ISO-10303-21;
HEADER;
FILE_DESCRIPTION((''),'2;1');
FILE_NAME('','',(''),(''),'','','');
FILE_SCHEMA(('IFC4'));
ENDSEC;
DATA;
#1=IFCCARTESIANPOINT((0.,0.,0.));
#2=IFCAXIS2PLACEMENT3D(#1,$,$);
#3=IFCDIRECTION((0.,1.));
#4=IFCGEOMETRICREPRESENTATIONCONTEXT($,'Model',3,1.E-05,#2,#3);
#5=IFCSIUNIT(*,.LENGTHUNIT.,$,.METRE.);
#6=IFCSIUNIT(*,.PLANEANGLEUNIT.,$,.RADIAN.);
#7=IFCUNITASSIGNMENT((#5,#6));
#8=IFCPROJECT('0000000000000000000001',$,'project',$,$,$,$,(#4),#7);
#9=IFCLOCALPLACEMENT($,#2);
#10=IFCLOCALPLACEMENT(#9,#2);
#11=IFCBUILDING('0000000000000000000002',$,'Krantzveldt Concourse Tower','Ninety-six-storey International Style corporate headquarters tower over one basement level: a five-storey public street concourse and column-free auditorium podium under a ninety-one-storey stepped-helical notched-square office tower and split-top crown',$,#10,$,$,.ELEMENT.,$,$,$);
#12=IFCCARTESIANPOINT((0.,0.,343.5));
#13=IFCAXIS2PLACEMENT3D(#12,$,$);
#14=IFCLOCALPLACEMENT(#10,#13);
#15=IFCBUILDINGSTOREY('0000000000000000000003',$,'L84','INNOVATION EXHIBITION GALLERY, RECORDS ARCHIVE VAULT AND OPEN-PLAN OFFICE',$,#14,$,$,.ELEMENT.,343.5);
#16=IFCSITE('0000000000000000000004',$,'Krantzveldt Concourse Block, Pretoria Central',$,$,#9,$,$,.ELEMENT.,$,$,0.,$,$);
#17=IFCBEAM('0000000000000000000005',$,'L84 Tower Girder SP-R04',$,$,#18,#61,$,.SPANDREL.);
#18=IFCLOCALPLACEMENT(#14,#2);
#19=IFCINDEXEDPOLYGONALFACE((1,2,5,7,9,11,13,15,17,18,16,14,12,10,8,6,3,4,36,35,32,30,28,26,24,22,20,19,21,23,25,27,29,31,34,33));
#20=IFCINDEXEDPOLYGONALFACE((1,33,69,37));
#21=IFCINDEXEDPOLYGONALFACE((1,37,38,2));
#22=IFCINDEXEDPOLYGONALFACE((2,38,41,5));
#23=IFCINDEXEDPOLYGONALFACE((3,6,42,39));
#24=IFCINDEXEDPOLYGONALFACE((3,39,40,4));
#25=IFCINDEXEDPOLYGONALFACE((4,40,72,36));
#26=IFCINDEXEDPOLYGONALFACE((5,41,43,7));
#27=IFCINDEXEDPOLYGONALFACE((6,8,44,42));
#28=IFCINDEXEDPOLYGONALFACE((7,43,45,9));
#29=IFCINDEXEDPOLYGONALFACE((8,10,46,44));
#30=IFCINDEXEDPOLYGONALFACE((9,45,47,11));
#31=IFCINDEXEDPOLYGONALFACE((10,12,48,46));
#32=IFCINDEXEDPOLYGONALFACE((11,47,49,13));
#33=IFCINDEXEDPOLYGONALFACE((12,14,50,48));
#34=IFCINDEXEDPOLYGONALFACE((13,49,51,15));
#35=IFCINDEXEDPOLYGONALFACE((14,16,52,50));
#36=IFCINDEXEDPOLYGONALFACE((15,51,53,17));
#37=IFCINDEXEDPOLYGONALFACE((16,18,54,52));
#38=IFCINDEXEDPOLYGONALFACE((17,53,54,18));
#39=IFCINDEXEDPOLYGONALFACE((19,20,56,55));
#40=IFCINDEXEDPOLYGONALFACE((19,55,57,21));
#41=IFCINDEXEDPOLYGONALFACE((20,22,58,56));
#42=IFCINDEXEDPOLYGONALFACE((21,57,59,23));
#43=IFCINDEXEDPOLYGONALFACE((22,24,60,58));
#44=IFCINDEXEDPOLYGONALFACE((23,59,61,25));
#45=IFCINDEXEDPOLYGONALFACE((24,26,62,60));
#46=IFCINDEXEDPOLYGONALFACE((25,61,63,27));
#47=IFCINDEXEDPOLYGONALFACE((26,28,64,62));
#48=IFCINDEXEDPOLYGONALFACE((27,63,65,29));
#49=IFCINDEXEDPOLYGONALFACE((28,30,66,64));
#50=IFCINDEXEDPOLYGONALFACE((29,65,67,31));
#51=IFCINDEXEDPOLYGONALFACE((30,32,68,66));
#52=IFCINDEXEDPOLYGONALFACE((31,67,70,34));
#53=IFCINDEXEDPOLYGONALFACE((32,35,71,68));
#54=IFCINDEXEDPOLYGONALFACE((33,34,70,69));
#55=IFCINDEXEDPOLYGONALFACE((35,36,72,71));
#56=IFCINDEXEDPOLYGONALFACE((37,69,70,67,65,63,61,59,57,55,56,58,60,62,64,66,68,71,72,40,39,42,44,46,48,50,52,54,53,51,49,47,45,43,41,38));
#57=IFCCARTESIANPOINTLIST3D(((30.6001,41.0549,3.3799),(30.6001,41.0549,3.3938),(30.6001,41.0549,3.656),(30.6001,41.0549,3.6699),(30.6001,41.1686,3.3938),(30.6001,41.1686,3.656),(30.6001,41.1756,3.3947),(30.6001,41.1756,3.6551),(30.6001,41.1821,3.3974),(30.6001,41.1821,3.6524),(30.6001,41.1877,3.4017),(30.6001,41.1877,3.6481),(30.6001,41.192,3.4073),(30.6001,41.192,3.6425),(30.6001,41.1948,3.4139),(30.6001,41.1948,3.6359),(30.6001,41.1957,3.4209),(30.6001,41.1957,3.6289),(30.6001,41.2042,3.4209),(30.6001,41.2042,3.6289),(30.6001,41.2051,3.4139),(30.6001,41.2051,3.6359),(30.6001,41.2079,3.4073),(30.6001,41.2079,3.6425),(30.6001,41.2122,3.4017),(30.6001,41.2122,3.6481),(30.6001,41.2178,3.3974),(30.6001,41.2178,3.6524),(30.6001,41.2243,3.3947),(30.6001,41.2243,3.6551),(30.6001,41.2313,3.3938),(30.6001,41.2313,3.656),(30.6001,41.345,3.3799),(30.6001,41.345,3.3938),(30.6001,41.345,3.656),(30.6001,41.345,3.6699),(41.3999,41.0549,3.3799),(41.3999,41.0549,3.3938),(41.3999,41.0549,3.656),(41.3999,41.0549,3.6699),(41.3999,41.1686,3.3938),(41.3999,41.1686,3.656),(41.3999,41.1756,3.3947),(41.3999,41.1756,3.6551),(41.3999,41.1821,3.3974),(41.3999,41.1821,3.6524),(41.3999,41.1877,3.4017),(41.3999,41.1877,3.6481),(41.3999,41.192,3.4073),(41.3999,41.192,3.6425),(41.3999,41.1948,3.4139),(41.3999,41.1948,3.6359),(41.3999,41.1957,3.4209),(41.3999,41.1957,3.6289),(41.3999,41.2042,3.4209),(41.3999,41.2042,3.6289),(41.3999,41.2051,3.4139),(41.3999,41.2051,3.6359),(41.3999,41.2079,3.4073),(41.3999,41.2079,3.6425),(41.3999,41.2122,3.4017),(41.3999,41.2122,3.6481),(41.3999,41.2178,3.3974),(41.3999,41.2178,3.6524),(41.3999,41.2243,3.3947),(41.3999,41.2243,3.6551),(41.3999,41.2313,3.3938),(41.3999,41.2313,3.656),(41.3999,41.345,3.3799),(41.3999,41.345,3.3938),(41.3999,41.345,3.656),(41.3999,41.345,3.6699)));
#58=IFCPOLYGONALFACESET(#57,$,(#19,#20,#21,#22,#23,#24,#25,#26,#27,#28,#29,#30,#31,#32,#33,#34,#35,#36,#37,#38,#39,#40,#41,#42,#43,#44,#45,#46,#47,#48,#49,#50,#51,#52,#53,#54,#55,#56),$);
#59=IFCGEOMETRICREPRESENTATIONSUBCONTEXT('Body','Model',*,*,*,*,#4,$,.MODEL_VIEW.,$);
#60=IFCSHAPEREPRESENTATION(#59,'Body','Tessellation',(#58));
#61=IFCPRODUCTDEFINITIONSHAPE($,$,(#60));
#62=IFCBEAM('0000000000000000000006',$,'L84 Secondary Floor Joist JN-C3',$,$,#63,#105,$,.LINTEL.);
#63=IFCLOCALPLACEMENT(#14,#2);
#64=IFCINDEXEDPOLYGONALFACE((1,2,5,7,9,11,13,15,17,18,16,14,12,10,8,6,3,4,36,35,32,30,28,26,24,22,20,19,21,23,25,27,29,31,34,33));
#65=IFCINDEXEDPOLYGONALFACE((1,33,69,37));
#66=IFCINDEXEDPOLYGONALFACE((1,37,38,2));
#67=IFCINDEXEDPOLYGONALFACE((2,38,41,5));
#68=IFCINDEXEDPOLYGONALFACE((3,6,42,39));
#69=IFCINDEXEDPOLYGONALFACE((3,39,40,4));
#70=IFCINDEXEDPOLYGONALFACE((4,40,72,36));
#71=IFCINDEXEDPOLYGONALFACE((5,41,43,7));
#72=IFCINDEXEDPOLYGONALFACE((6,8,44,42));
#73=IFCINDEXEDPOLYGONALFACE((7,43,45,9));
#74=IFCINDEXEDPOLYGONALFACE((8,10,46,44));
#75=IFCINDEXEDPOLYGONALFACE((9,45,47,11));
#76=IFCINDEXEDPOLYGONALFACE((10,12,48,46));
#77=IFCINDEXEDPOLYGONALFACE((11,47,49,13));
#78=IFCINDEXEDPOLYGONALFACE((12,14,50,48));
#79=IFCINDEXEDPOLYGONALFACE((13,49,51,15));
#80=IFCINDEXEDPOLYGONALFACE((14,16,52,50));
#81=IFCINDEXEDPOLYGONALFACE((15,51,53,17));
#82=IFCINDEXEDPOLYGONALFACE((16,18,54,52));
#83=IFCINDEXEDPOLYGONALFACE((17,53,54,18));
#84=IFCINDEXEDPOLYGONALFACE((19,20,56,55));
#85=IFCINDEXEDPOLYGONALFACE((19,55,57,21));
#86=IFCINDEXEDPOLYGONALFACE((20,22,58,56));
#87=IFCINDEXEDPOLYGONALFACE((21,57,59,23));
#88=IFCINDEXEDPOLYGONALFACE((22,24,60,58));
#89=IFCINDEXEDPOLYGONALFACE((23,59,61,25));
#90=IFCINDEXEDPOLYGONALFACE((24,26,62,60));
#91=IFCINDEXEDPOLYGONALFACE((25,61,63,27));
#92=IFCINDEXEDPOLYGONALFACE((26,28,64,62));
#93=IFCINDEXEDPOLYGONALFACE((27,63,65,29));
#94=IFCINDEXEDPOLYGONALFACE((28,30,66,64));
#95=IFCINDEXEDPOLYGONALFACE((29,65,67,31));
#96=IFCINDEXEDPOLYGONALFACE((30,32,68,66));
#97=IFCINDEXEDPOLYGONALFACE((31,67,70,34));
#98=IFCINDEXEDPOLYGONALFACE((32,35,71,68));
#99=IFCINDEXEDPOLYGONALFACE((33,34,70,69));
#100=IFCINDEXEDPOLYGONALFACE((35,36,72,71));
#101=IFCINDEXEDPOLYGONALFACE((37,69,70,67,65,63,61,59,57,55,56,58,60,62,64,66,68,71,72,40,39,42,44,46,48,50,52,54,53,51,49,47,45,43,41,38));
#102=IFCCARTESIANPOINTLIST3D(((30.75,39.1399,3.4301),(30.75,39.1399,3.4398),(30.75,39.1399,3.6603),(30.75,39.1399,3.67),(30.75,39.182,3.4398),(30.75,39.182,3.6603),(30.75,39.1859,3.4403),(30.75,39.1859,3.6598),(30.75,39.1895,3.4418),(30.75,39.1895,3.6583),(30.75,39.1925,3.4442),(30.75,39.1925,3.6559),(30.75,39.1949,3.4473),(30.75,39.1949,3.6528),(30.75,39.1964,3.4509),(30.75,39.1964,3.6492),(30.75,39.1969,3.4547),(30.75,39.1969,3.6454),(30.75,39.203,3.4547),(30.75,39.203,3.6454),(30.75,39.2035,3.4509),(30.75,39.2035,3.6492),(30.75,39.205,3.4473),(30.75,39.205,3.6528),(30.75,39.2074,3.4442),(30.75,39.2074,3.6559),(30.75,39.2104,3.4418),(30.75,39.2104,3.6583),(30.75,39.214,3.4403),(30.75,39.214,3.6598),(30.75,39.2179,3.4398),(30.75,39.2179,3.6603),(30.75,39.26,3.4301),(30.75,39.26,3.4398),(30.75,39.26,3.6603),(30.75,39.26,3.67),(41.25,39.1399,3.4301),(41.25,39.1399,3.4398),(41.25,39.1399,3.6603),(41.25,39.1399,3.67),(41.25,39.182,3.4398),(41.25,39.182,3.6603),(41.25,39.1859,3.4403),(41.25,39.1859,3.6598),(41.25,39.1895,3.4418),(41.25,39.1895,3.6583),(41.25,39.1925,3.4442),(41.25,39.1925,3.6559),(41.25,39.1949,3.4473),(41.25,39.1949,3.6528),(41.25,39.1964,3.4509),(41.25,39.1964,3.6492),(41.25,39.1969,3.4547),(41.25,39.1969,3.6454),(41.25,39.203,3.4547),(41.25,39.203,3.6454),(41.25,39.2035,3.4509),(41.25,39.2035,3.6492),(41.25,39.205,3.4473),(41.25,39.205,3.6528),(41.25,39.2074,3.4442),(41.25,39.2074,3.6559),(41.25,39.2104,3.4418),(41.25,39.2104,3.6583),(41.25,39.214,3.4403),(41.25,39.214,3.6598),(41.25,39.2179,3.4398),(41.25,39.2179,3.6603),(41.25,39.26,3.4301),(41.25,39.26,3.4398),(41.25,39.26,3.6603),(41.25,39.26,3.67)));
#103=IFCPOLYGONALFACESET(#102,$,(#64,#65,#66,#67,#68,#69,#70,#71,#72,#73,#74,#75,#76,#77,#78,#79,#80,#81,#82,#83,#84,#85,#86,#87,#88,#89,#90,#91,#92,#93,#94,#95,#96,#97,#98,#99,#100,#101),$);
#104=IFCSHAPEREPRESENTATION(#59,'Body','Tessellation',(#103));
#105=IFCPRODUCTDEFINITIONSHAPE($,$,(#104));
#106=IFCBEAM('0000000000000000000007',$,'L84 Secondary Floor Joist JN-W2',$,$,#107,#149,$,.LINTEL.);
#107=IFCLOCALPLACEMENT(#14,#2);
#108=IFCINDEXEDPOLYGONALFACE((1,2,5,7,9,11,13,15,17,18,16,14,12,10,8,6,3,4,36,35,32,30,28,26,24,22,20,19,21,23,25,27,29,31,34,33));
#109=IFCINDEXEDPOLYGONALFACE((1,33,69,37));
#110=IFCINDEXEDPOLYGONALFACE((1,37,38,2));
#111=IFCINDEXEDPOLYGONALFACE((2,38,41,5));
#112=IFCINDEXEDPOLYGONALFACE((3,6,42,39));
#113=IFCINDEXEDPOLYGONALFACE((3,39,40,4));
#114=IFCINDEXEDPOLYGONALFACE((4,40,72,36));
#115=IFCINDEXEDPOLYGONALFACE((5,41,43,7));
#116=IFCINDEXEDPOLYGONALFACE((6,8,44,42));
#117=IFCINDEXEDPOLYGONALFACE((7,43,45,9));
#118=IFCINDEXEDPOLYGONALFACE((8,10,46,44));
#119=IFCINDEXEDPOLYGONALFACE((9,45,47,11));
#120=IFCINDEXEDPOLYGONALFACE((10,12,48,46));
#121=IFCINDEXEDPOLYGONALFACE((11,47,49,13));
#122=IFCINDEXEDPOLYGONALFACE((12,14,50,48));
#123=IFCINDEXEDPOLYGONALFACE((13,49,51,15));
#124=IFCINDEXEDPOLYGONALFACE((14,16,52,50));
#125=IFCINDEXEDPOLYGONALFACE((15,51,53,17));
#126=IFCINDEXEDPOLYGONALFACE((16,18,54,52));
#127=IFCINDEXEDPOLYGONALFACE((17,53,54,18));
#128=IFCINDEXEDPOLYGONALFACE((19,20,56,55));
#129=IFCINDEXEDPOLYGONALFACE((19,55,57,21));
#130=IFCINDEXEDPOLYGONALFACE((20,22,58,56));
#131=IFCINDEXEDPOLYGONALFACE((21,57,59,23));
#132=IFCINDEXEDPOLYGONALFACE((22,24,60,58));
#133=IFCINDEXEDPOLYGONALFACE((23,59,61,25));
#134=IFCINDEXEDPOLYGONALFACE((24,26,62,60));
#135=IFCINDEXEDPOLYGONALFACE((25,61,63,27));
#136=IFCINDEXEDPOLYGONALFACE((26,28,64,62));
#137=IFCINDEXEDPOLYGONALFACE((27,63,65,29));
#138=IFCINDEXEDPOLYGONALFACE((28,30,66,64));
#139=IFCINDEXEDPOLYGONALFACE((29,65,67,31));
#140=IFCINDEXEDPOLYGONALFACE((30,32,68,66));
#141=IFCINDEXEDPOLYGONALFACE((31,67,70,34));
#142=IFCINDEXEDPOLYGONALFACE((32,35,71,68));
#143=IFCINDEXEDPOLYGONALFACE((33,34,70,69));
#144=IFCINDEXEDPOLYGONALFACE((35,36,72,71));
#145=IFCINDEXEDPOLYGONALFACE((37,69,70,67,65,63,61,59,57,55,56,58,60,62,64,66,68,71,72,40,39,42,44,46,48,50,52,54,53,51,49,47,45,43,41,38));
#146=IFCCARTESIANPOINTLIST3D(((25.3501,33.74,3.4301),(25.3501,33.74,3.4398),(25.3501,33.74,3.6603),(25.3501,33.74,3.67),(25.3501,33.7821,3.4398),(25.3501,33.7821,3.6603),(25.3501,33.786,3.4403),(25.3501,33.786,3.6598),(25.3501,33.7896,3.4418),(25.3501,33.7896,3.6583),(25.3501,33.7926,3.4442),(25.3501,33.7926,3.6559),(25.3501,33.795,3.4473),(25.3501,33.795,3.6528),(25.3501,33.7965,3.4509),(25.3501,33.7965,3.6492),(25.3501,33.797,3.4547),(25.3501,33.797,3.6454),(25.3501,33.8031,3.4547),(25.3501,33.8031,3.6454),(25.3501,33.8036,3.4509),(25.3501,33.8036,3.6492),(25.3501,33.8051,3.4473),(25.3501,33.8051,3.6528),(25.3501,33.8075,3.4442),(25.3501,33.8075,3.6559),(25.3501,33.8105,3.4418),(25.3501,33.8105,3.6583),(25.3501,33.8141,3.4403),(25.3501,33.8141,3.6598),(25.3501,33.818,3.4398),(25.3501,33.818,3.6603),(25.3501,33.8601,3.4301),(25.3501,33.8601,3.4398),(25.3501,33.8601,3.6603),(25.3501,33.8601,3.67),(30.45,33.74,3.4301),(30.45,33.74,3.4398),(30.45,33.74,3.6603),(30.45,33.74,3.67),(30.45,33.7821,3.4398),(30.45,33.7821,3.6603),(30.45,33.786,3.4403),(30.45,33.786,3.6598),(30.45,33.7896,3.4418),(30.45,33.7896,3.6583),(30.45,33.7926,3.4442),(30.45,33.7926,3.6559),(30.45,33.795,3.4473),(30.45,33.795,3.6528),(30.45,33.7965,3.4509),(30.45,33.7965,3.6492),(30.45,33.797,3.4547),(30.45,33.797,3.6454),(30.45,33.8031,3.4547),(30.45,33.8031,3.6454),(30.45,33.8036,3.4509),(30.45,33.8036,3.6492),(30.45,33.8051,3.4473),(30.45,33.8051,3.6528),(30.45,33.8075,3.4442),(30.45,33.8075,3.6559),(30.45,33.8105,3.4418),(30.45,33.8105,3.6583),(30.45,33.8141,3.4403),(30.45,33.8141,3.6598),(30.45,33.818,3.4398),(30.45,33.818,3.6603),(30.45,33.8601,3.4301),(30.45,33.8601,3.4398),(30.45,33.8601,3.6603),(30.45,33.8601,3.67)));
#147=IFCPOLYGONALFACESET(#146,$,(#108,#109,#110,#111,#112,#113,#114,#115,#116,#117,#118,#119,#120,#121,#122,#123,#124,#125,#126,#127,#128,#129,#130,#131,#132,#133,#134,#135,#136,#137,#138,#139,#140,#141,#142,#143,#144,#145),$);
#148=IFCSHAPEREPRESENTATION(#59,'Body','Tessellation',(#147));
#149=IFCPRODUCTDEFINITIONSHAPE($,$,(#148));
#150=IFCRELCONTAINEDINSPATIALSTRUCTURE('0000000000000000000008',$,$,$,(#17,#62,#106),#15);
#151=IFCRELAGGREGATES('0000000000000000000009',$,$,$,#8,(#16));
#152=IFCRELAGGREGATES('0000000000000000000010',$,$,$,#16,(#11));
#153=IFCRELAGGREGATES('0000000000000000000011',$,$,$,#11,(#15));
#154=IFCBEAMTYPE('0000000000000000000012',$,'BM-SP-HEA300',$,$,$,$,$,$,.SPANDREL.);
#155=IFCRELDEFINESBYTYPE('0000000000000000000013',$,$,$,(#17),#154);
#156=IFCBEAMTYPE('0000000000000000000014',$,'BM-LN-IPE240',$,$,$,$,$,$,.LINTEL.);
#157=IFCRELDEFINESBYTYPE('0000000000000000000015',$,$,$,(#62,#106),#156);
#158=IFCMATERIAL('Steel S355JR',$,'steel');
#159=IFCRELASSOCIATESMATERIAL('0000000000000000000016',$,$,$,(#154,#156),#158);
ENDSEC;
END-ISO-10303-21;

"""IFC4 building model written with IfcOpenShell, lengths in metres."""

from ifc_helpers import new_model, si_unit, direction, frame, origin, origin_2d, place, context, subcontext, project, spatial, i_section, extrude, source, transform, mapped, material, material_profile, profile_set, type_object, type_shapes, element, save


model = new_model("IFC4")

# Units and contexts
model_context = context("Model", 3, precision=1e-05, world=origin(), true_north=direction((0.0, 1.0)))
body_context = subcontext(model_context, "Body", "Model", "MODEL_VIEW")
ifc_project = project(units=[si_unit("LENGTHUNIT", "METRE"), si_unit("PLANEANGLEUNIT", "RADIAN")], contexts=[model_context])

# Site, building, storey
site_placement = place(None, origin())
site = spatial("IfcSite", under=ifc_project, at=site_placement, Name="Krantzveldt Concourse Block, Pretoria Central", CompositionType="ELEMENT", RefElevation=0.0)
building_placement = place(site_placement, origin())
building = spatial("IfcBuilding", under=site, at=building_placement, Name="Krantzveldt Concourse Tower", Description="Ninety-six-storey International Style corporate headquarters tower over one basement level: a five-storey public street concourse and column-free auditorium podium under a ninety-one-storey stepped-helical notched-square office tower and split-top crown", CompositionType="ELEMENT")
storey_placement = place(building_placement, frame((0.0, 0.0, 343.5)))
storey = spatial("IfcBuildingStorey", under=building, at=storey_placement, Name="L84", Description="INNOVATION EXHIBITION GALLERY, RECORDS ARCHIVE VAULT AND OPEN-PLAN OFFICE", CompositionType="ELEMENT", Elevation=343.5)

# Beams
ifc_material_1 = material(Name="Steel S355JR", Category="steel")
ifc_material_profile_1 = material_profile(ifc_material_1, i_section(OverallWidth=0.29, OverallDepth=0.29, WebThickness=0.0085, FlangeThickness=0.0139, FilletRadius=0.0271, at=origin_2d()), Name="Steel S355JR", Category="steel")
ifc_profile_set_1 = profile_set([ifc_material_profile_1], Name="Steel S355JR - HEA 300")
beam_type_1 = type_object("IfcBeamType", Name="BM-SP-HEA300", PredefinedType="SPANDREL", material=ifc_profile_set_1)
shared_shape_1 = source(origin(), body_context, "Body", "SweptSolid", [
    extrude(i_section(OverallWidth=0.29, OverallDepth=0.29, WebThickness=0.0085, FlangeThickness=0.0139, FilletRadius=0.0271, at=origin_2d()), origin(), (0.0, 0.0, 1.0), 10.7998),
])
beam_1_placement = place(storey_placement, frame((30.6001, 41.2, 3.5249), z_axis=(1.0, 0.0, 0.0), x_axis=(0.0, 1.0, 0.0)))
element("IfcBeam", 1, at=beam_1_placement, inside=storey, type_object=beam_type_1, Name="L84 Tower Girder SP-R04", PredefinedType="SPANDREL", context=body_context, shape_type="MappedRepresentation", body=[
    mapped(shared_shape_1, transform((0.0, 0.0, 0.0), x_axis=(1.0, 0.0, 0.0), y_axis=(0.0, 1.0, 0.0), z_axis=(0.0, 0.0, 1.0), scale=1.0)),
])
ifc_material_profile_2 = material_profile(ifc_material_1, i_section(OverallWidth=0.1201, OverallDepth=0.24, WebThickness=0.0061, FlangeThickness=0.0098, FilletRadius=0.0149, at=origin_2d()), Name="Steel S355JR", Category="steel")
ifc_profile_set_2 = profile_set([ifc_material_profile_2], Name="Steel S355JR - IPE 240")
beam_type_2 = type_object("IfcBeamType", Name="BM-LN-IPE240", PredefinedType="LINTEL", material=ifc_profile_set_2)
shared_shape_2 = source(origin(), body_context, "Body", "SweptSolid", [
    extrude(i_section(OverallWidth=0.1201, OverallDepth=0.24, WebThickness=0.0061, FlangeThickness=0.0098, FilletRadius=0.0149, at=origin_2d()), origin(), (0.0, 0.0, 1.0), 10.5),
])
beam_2_placement = place(storey_placement, frame((30.75, 39.2, 3.55), z_axis=(1.0, 0.0, 0.0), x_axis=(0.0, 1.0, 0.0)))
element("IfcBeam", 2, at=beam_2_placement, inside=storey, type_object=beam_type_2, Name="L84 Secondary Floor Joist JN-C3", PredefinedType="LINTEL", context=body_context, shape_type="MappedRepresentation", body=[
    mapped(shared_shape_2, transform((0.0, 0.0, 0.0), x_axis=(1.0, 0.0, 0.0), y_axis=(0.0, 1.0, 0.0), z_axis=(0.0, 0.0, 1.0), scale=1.0)),
])
shared_shape_3 = source(origin(), body_context, "Body", "SweptSolid", [
    extrude(i_section(OverallWidth=0.1201, OverallDepth=0.24, WebThickness=0.0061, FlangeThickness=0.0098, FilletRadius=0.0149, at=origin_2d()), origin(), (0.0, 0.0, 1.0), 5.0999),
])
type_shapes(beam_type_2, [shared_shape_2, shared_shape_3])
beam_3_placement = place(storey_placement, frame((25.3501, 33.8, 3.55), z_axis=(1.0, 0.0, 0.0), x_axis=(0.0, 1.0, 0.0)))
element("IfcBeam", 3, at=beam_3_placement, inside=storey, type_object=beam_type_2, Name="L84 Secondary Floor Joist JN-W2", PredefinedType="LINTEL", context=body_context, shape_type="MappedRepresentation", body=[
    mapped(shared_shape_3, transform((0.0, 0.0, 0.0), x_axis=(1.0, 0.0, 0.0), y_axis=(0.0, 1.0, 0.0), z_axis=(0.0, 0.0, 1.0), scale=1.0)),
])

save(model, "model.ifc")
